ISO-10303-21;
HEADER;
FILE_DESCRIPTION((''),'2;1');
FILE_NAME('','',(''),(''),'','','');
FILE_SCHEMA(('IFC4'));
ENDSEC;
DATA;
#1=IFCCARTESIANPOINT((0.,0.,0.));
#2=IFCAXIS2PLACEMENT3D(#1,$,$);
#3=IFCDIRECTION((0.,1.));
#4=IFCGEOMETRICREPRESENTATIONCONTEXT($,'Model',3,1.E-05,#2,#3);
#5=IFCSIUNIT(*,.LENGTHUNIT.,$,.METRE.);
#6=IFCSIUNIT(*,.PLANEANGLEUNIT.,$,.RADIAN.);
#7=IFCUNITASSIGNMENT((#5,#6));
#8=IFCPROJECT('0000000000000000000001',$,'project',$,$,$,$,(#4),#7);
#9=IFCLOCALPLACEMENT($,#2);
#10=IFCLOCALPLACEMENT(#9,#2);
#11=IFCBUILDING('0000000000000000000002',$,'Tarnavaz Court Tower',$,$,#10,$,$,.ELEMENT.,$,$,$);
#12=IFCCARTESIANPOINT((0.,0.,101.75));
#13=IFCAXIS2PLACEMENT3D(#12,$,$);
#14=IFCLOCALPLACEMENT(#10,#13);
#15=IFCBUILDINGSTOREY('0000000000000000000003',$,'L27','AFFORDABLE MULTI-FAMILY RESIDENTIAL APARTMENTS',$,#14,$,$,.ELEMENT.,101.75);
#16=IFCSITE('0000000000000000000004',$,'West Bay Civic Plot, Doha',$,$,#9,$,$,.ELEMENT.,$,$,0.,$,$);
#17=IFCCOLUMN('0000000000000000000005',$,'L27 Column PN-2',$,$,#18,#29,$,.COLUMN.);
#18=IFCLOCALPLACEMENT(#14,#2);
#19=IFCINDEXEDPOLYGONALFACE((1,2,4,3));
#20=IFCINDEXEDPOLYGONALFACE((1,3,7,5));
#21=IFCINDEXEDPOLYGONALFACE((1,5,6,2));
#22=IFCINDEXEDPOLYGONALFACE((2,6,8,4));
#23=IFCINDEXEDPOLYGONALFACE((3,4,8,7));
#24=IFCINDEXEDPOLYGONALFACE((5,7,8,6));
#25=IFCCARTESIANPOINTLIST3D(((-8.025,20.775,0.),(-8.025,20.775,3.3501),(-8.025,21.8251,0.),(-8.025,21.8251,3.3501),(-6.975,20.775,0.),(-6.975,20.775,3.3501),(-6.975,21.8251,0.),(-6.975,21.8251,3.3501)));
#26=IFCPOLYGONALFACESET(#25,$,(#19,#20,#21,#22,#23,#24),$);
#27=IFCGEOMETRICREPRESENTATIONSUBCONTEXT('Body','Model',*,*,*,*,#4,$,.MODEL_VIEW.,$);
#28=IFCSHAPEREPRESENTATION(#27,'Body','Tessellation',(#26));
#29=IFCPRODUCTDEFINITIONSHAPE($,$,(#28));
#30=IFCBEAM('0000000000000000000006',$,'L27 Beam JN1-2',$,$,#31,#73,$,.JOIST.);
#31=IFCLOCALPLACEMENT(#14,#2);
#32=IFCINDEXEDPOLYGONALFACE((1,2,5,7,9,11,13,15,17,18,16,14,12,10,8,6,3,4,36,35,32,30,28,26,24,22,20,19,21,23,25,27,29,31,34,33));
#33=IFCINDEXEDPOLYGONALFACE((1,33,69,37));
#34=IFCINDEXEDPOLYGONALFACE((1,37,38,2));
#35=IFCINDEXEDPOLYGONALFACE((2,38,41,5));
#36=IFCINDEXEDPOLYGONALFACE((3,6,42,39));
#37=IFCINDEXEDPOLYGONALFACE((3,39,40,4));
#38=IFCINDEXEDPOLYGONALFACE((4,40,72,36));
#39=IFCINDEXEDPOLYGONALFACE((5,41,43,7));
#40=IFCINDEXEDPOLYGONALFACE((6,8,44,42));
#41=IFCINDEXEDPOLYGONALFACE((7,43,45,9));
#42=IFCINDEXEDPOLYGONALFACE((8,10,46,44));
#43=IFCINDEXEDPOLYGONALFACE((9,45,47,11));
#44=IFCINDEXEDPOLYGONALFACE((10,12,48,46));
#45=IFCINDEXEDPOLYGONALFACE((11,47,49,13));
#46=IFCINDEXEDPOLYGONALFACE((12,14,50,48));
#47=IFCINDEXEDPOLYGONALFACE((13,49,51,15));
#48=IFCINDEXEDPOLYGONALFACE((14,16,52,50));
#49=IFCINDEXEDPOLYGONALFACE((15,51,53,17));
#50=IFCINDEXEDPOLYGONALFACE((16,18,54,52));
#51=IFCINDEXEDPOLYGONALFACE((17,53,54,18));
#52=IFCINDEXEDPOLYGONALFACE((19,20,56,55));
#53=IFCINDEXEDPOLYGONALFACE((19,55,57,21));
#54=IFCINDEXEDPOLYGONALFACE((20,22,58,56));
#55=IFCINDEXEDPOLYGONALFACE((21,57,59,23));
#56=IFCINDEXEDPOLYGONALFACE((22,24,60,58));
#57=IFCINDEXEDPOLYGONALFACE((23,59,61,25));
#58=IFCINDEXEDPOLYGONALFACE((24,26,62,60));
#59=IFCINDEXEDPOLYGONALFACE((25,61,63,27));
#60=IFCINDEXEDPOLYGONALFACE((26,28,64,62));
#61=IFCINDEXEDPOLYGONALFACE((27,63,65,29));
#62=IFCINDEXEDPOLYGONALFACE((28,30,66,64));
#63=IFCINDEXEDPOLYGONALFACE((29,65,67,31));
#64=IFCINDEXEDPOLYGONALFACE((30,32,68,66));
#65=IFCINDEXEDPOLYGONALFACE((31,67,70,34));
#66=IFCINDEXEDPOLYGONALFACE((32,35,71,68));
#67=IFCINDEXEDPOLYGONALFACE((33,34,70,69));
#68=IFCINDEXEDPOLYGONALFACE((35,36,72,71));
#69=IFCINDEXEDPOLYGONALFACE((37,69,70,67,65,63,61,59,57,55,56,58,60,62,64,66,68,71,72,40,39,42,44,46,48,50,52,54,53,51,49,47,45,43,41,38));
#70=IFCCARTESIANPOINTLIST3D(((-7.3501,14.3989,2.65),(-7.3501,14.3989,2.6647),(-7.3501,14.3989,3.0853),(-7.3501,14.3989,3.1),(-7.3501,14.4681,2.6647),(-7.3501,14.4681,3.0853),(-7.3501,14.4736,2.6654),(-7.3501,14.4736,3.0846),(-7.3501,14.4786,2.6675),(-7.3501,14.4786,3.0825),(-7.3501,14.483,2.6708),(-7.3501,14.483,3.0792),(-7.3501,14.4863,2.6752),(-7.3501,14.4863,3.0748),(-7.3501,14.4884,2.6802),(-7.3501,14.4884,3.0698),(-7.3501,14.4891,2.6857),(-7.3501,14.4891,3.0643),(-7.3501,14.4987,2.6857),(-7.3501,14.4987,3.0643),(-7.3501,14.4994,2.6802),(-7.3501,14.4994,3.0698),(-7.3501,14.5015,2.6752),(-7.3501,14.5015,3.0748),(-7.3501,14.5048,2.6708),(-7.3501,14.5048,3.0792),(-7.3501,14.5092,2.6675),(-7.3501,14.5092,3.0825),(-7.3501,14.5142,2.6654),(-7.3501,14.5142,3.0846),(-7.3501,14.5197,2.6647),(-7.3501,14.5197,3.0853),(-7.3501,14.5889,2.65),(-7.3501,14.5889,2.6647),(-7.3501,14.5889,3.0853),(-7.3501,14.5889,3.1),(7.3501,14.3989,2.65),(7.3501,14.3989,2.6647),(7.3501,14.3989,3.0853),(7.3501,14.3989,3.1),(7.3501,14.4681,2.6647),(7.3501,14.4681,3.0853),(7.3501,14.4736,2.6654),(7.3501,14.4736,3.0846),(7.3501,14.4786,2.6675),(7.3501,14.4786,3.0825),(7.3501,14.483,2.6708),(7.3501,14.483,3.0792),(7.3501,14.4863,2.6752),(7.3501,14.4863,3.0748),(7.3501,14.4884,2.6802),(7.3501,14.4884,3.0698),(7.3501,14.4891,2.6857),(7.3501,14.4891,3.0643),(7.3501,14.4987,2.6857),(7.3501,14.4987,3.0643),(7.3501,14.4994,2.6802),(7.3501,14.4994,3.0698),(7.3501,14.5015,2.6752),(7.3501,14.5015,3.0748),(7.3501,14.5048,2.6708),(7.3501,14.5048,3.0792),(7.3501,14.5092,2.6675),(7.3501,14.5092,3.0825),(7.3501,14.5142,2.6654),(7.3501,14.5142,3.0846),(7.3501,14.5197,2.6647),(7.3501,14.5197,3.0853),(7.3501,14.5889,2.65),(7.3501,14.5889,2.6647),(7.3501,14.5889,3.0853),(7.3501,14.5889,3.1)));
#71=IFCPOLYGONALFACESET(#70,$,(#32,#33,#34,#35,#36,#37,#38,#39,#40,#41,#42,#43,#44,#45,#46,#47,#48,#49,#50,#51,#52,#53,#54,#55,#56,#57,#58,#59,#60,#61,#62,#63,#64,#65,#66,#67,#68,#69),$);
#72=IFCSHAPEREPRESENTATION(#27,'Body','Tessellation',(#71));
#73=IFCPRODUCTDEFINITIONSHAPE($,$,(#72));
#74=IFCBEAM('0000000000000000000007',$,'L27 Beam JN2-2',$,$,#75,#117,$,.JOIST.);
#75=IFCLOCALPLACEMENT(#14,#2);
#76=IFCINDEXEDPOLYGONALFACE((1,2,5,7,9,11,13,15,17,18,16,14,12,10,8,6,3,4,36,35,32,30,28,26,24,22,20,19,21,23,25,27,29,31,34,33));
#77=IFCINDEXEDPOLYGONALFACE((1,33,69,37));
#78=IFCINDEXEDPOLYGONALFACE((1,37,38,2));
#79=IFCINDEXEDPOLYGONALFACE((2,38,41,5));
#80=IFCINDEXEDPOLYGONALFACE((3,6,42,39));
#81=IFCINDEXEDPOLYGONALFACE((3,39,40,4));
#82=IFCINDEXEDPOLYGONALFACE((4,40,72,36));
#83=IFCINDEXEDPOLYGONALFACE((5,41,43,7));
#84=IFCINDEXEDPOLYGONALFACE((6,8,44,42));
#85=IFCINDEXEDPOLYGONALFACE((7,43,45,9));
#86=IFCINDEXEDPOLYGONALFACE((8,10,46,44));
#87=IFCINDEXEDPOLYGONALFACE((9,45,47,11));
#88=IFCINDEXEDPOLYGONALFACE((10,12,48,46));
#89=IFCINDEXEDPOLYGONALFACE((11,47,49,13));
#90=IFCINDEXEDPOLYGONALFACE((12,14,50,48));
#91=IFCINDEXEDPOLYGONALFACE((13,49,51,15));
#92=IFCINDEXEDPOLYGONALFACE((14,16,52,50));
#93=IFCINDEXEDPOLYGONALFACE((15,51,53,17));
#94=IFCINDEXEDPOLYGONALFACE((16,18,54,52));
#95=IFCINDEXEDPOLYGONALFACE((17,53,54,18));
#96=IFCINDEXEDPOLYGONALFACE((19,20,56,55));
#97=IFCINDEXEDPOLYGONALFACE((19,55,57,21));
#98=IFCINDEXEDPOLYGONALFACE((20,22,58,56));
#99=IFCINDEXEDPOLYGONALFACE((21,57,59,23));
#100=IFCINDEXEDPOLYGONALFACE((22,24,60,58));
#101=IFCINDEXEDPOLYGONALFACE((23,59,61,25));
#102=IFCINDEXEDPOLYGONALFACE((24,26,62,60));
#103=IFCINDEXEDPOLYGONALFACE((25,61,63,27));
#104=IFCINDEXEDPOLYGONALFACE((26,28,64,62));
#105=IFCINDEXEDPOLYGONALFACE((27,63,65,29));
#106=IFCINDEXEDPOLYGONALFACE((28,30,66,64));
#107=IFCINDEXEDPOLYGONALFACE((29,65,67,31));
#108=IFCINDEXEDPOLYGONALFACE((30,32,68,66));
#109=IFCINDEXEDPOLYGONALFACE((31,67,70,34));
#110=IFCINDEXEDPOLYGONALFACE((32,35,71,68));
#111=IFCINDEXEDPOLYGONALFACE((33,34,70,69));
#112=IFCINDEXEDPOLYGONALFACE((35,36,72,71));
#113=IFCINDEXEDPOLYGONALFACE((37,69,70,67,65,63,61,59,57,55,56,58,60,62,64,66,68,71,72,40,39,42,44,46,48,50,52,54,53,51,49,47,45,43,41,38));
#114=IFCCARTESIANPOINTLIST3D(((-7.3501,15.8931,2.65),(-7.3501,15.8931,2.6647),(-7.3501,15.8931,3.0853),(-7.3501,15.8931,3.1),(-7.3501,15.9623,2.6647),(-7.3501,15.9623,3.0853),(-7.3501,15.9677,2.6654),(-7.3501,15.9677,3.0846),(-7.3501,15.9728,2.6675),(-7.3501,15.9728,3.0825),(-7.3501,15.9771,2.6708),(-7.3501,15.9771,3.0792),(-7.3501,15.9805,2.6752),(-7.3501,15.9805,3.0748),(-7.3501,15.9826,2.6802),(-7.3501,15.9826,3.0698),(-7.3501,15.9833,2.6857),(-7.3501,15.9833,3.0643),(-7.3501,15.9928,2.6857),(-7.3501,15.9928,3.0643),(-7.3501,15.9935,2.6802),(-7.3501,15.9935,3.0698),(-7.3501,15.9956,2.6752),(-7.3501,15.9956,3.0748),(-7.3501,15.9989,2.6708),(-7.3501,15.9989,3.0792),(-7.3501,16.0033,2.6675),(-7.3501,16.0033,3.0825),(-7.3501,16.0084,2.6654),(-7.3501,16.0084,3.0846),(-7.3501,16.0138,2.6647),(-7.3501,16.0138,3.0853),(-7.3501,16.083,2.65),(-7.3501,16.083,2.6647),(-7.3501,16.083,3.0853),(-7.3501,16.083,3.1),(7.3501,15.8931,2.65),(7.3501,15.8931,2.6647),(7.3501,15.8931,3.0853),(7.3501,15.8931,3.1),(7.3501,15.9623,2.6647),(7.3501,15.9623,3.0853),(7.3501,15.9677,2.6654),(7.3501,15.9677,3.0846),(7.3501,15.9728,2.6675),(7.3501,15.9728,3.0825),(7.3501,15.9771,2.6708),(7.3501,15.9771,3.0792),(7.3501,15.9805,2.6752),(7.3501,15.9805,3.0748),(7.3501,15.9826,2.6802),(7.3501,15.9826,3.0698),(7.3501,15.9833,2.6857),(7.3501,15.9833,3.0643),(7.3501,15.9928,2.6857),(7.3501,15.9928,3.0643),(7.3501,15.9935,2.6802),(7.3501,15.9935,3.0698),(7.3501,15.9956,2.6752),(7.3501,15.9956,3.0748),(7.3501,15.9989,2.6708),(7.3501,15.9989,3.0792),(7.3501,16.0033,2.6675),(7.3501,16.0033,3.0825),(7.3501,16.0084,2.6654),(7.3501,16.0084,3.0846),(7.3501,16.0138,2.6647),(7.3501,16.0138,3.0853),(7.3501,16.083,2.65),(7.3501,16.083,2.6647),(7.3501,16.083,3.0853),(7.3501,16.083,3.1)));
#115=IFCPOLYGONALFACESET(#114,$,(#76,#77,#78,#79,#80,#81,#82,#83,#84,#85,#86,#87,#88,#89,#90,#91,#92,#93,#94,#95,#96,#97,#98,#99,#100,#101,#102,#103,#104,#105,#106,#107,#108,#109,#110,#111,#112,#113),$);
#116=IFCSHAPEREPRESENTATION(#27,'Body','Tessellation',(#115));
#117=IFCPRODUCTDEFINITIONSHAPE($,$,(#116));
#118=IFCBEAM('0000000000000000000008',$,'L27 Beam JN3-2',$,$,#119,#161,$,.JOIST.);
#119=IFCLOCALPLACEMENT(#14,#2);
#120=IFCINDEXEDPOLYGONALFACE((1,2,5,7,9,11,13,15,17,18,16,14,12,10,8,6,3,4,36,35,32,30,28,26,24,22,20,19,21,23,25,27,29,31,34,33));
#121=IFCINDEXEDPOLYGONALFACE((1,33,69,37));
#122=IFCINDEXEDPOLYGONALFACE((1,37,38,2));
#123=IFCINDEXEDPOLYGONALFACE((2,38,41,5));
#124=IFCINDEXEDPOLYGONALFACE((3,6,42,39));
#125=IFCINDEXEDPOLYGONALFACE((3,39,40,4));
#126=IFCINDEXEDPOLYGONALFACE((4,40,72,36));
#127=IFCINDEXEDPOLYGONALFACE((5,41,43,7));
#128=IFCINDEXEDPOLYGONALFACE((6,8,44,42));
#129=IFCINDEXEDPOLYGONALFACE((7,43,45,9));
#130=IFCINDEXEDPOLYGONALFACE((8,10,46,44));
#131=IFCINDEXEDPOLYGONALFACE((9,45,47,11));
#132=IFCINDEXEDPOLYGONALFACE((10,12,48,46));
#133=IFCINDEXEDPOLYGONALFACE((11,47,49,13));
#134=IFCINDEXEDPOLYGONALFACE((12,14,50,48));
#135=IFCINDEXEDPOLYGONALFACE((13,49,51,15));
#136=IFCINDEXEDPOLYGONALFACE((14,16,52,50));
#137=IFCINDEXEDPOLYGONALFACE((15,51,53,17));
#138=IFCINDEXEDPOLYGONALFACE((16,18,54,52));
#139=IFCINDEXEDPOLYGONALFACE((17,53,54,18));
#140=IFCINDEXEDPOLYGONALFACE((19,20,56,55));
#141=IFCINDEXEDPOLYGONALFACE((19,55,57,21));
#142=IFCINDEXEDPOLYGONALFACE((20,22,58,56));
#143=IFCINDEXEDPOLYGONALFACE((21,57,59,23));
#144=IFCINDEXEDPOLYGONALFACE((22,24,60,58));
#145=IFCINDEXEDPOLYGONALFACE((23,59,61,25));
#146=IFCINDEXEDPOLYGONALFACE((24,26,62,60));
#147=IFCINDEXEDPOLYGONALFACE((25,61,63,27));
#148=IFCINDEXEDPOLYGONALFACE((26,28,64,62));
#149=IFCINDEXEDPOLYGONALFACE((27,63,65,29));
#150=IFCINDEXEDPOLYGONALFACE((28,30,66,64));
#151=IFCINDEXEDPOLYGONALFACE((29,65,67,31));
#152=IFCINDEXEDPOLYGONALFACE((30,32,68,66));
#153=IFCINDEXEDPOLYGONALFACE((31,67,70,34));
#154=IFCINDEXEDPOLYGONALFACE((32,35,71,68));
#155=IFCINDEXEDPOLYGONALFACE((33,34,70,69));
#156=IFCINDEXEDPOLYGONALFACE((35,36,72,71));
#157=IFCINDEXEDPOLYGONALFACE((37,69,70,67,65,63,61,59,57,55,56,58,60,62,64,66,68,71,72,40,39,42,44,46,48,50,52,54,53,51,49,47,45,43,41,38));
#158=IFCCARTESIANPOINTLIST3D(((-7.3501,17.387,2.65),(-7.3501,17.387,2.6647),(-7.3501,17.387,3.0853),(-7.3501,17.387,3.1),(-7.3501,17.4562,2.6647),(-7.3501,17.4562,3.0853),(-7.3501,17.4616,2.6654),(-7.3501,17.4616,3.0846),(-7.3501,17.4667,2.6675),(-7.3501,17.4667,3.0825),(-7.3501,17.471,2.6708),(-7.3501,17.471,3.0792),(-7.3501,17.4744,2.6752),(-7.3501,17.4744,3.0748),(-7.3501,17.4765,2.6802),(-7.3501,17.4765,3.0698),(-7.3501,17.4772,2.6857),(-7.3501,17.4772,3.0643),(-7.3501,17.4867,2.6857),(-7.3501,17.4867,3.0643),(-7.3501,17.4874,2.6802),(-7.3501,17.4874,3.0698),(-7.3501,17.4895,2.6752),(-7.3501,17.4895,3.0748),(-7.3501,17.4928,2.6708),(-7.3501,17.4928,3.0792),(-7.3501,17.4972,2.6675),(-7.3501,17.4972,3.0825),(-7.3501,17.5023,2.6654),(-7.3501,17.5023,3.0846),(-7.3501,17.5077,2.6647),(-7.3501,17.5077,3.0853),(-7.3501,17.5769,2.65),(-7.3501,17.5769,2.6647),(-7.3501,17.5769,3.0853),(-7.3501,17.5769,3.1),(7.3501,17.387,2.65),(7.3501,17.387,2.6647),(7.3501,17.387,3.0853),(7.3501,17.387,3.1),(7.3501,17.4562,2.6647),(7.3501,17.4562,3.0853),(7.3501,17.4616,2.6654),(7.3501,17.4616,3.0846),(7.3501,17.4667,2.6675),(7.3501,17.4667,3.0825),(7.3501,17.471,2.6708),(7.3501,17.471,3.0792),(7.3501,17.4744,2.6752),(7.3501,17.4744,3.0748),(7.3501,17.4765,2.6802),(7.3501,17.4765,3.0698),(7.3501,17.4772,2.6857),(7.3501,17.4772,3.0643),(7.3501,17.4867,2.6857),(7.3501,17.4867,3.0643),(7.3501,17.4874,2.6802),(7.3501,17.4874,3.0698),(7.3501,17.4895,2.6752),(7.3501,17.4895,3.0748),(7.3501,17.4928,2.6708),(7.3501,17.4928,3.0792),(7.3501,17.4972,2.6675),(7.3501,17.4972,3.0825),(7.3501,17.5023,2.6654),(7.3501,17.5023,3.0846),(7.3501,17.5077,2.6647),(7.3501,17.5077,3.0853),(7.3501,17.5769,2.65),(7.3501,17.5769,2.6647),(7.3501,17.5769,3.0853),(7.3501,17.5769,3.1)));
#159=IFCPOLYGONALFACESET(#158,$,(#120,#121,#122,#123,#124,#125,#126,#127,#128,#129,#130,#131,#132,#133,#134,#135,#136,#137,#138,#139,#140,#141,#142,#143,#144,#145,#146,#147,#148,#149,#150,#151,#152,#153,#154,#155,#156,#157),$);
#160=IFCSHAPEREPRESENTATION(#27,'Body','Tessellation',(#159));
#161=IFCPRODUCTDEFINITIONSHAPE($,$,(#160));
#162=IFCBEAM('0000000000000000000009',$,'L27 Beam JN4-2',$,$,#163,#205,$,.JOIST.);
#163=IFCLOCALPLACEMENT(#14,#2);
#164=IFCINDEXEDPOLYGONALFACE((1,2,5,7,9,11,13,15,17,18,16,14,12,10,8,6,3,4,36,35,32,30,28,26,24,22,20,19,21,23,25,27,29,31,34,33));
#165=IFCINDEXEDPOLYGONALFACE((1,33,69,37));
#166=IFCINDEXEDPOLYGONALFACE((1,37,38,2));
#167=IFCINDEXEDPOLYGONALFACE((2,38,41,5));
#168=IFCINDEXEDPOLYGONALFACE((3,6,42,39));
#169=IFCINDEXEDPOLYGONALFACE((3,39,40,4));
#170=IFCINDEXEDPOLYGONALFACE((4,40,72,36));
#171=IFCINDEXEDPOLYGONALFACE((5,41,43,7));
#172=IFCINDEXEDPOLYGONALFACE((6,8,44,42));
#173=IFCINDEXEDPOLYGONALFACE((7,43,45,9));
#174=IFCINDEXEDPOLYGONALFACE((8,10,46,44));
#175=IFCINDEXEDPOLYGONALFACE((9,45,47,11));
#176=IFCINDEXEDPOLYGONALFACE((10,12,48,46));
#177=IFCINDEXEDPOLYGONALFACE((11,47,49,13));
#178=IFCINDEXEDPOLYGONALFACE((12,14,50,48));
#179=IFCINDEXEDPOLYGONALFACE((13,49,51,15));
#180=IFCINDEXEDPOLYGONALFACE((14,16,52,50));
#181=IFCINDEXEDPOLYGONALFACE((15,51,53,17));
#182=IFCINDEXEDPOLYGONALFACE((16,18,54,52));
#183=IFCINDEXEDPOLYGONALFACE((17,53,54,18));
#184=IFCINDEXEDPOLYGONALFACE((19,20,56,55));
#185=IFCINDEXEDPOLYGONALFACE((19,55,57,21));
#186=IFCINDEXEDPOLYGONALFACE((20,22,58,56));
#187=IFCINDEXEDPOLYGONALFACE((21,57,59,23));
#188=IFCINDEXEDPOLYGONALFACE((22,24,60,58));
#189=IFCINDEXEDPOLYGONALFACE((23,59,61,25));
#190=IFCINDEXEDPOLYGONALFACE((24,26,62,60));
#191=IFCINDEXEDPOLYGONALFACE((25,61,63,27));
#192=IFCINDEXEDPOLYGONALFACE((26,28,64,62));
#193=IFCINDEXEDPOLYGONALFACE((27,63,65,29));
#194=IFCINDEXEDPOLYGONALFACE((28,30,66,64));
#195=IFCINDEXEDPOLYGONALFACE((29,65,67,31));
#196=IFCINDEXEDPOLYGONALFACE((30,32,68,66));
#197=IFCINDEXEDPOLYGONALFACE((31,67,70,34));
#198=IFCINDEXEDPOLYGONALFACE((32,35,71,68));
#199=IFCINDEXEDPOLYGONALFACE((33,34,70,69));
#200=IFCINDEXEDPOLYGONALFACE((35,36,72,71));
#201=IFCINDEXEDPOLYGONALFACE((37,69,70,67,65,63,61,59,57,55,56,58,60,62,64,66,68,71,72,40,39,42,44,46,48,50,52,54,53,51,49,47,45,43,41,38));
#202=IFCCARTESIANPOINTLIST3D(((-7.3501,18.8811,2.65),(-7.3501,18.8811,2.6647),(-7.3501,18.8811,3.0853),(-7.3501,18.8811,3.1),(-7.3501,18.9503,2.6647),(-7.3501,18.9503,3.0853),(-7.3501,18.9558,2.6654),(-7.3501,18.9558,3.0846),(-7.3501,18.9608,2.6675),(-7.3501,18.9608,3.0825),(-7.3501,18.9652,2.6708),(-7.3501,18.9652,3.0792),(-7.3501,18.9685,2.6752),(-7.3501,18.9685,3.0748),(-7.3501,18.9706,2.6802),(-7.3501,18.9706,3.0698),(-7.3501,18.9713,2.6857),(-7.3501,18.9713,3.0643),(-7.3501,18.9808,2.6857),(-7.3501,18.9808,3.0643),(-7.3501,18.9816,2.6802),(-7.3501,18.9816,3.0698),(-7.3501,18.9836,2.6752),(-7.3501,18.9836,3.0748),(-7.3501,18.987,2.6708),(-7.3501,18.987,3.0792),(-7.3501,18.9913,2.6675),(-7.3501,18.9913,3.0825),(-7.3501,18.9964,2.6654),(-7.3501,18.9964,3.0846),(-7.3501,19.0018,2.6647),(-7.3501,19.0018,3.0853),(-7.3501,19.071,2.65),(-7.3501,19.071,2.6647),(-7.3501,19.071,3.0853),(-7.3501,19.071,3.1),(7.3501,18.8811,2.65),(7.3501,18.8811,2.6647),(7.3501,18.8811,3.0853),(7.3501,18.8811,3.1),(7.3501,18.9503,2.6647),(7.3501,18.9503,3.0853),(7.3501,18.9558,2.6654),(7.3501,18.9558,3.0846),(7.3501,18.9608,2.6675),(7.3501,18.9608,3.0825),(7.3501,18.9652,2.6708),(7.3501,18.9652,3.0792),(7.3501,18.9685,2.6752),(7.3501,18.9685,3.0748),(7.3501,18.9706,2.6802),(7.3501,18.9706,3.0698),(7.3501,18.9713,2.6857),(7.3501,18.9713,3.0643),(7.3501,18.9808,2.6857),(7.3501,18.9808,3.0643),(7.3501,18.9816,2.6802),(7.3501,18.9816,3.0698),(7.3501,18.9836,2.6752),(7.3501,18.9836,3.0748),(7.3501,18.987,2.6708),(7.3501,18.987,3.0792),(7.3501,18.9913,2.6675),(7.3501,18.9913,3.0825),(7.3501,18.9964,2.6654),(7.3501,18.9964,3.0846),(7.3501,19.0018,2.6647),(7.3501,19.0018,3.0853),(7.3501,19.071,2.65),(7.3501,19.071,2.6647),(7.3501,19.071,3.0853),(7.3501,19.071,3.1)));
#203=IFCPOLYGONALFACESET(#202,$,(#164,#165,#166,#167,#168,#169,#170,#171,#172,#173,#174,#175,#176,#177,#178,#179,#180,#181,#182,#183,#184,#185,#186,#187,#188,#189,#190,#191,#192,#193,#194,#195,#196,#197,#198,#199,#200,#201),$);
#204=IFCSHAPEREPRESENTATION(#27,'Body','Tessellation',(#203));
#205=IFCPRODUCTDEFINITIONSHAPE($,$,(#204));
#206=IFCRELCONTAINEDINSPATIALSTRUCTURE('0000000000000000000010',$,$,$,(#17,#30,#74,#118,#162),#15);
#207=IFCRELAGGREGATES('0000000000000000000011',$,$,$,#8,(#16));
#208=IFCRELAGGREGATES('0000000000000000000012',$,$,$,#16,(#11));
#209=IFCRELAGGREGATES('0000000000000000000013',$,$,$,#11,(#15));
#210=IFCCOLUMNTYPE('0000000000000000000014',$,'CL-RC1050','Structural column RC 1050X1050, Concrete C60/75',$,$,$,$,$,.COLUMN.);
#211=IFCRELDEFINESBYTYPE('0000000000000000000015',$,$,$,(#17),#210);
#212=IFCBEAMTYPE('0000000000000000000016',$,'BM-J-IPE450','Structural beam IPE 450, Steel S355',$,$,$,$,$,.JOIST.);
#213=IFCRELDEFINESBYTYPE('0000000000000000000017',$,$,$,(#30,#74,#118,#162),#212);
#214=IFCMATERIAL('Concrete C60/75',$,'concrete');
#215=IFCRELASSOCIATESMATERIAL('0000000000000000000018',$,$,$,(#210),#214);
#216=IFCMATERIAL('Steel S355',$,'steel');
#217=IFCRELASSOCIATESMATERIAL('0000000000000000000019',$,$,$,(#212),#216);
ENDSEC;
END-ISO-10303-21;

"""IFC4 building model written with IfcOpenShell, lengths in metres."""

from ifc_helpers import new_model, si_unit, direction, frame, origin, origin_2d, place, context, subcontext, project, spatial, rectangle, i_section, extrude, material, material_profile, profile_set, type_object, element, save


model = new_model("IFC4")

# Units and contexts
model_context = context("Model", 3, precision=1e-05, world=origin(), true_north=direction((0.0, 1.0)))
body_context = subcontext(model_context, "Body", "Model", "MODEL_VIEW")
ifc_project = project(units=[si_unit("LENGTHUNIT", "METRE"), si_unit("PLANEANGLEUNIT", "RADIAN")], contexts=[model_context])

# Site, building, storey
site_placement = place(None, origin())
site = spatial("IfcSite", under=ifc_project, at=site_placement, Name="West Bay Civic Plot, Doha", CompositionType="ELEMENT", RefElevation=0.0)
building_placement = place(site_placement, origin())
building = spatial("IfcBuilding", under=site, at=building_placement, Name="Tarnavaz Court Tower", CompositionType="ELEMENT")
storey_placement = place(building_placement, frame((0.0, 0.0, 101.75)))
storey = spatial("IfcBuildingStorey", under=building, at=storey_placement, Name="L27", Description="AFFORDABLE MULTI-FAMILY RESIDENTIAL APARTMENTS", CompositionType="ELEMENT", Elevation=101.75)

# Column
ifc_material_1 = material(Name="Concrete C60/75", Category="concrete")
ifc_material_profile_1 = material_profile(ifc_material_1, rectangle(XDim=1.05, YDim=1.05, at=origin_2d()), Name="RC 1050X1050")
ifc_profile_set_1 = profile_set([ifc_material_profile_1], Name="Concrete C60/75")
column_type = type_object("IfcColumnType", Name="CL-RC1050", Description="Structural column RC 1050X1050, Concrete C60/75", PredefinedType="COLUMN", material=ifc_profile_set_1)
column_placement = place(storey_placement, frame((-7.5, 21.3, 0.0), z_axis=(0.0, 0.0, 1.0), x_axis=(1.0, 0.0, 0.0)))
element("IfcColumn", 1, at=column_placement, inside=storey, type_object=column_type, Name="L27 Column PN-2", PredefinedType="COLUMN", context=body_context, shape_type="SweptSolid", body=[
    extrude(rectangle(XDim=1.05, YDim=1.05, at=origin_2d()), origin(), (0.0, 0.0, 1.0), 3.3501),
])

# Beams
ifc_material_2 = material(Name="Steel S355", Category="steel")
ifc_material_profile_2 = material_profile(ifc_material_2, i_section(OverallWidth=0.1899, OverallDepth=0.45, WebThickness=0.0095, FlangeThickness=0.0146, FilletRadius=0.021, at=origin_2d()), Name="IPE 450")
ifc_profile_set_2 = profile_set([ifc_material_profile_2], Name="Steel S355")
beam_type_1 = type_object("IfcBeamType", Name="BM-J-IPE450", Description="Structural beam IPE 450, Steel S355", PredefinedType="JOIST", material=ifc_profile_set_2)
for number, where, z_axis, x_axis, name in (
    (2, (-7.3501, 14.4939, 2.875), (1.0, 0.0, 0.0), (0.0, 1.0, 0.0), "L27 Beam JN1-2"),
    (3, (-7.3501, 15.988, 2.875), (1.0, 0.0, 0.0), (0.0, 1.0, 0.0), "L27 Beam JN2-2"),
    (4, (-7.3501, 17.4819, 2.875), (1.0, 0.0, 0.0), (0.0, 1.0, 0.0), "L27 Beam JN3-2"),
    (5, (-7.3501, 18.9761, 2.875), (1.0, 0.0, 0.0), (0.0, 1.0, 0.0), "L27 Beam JN4-2"),
):
    element("IfcBeam", number, at=place(storey_placement, frame(where, z_axis=z_axis, x_axis=x_axis)), inside=storey, type_object=beam_type_1, Name=name, PredefinedType="JOIST", context=body_context, shape_type="SweptSolid", body=[
        extrude(i_section(OverallWidth=0.1899, OverallDepth=0.45, WebThickness=0.0095, FlangeThickness=0.0146, FilletRadius=0.021, at=origin_2d()), origin(), (0.0, 0.0, 1.0), 14.7002),
    ])

save(model, "model.ifc")
